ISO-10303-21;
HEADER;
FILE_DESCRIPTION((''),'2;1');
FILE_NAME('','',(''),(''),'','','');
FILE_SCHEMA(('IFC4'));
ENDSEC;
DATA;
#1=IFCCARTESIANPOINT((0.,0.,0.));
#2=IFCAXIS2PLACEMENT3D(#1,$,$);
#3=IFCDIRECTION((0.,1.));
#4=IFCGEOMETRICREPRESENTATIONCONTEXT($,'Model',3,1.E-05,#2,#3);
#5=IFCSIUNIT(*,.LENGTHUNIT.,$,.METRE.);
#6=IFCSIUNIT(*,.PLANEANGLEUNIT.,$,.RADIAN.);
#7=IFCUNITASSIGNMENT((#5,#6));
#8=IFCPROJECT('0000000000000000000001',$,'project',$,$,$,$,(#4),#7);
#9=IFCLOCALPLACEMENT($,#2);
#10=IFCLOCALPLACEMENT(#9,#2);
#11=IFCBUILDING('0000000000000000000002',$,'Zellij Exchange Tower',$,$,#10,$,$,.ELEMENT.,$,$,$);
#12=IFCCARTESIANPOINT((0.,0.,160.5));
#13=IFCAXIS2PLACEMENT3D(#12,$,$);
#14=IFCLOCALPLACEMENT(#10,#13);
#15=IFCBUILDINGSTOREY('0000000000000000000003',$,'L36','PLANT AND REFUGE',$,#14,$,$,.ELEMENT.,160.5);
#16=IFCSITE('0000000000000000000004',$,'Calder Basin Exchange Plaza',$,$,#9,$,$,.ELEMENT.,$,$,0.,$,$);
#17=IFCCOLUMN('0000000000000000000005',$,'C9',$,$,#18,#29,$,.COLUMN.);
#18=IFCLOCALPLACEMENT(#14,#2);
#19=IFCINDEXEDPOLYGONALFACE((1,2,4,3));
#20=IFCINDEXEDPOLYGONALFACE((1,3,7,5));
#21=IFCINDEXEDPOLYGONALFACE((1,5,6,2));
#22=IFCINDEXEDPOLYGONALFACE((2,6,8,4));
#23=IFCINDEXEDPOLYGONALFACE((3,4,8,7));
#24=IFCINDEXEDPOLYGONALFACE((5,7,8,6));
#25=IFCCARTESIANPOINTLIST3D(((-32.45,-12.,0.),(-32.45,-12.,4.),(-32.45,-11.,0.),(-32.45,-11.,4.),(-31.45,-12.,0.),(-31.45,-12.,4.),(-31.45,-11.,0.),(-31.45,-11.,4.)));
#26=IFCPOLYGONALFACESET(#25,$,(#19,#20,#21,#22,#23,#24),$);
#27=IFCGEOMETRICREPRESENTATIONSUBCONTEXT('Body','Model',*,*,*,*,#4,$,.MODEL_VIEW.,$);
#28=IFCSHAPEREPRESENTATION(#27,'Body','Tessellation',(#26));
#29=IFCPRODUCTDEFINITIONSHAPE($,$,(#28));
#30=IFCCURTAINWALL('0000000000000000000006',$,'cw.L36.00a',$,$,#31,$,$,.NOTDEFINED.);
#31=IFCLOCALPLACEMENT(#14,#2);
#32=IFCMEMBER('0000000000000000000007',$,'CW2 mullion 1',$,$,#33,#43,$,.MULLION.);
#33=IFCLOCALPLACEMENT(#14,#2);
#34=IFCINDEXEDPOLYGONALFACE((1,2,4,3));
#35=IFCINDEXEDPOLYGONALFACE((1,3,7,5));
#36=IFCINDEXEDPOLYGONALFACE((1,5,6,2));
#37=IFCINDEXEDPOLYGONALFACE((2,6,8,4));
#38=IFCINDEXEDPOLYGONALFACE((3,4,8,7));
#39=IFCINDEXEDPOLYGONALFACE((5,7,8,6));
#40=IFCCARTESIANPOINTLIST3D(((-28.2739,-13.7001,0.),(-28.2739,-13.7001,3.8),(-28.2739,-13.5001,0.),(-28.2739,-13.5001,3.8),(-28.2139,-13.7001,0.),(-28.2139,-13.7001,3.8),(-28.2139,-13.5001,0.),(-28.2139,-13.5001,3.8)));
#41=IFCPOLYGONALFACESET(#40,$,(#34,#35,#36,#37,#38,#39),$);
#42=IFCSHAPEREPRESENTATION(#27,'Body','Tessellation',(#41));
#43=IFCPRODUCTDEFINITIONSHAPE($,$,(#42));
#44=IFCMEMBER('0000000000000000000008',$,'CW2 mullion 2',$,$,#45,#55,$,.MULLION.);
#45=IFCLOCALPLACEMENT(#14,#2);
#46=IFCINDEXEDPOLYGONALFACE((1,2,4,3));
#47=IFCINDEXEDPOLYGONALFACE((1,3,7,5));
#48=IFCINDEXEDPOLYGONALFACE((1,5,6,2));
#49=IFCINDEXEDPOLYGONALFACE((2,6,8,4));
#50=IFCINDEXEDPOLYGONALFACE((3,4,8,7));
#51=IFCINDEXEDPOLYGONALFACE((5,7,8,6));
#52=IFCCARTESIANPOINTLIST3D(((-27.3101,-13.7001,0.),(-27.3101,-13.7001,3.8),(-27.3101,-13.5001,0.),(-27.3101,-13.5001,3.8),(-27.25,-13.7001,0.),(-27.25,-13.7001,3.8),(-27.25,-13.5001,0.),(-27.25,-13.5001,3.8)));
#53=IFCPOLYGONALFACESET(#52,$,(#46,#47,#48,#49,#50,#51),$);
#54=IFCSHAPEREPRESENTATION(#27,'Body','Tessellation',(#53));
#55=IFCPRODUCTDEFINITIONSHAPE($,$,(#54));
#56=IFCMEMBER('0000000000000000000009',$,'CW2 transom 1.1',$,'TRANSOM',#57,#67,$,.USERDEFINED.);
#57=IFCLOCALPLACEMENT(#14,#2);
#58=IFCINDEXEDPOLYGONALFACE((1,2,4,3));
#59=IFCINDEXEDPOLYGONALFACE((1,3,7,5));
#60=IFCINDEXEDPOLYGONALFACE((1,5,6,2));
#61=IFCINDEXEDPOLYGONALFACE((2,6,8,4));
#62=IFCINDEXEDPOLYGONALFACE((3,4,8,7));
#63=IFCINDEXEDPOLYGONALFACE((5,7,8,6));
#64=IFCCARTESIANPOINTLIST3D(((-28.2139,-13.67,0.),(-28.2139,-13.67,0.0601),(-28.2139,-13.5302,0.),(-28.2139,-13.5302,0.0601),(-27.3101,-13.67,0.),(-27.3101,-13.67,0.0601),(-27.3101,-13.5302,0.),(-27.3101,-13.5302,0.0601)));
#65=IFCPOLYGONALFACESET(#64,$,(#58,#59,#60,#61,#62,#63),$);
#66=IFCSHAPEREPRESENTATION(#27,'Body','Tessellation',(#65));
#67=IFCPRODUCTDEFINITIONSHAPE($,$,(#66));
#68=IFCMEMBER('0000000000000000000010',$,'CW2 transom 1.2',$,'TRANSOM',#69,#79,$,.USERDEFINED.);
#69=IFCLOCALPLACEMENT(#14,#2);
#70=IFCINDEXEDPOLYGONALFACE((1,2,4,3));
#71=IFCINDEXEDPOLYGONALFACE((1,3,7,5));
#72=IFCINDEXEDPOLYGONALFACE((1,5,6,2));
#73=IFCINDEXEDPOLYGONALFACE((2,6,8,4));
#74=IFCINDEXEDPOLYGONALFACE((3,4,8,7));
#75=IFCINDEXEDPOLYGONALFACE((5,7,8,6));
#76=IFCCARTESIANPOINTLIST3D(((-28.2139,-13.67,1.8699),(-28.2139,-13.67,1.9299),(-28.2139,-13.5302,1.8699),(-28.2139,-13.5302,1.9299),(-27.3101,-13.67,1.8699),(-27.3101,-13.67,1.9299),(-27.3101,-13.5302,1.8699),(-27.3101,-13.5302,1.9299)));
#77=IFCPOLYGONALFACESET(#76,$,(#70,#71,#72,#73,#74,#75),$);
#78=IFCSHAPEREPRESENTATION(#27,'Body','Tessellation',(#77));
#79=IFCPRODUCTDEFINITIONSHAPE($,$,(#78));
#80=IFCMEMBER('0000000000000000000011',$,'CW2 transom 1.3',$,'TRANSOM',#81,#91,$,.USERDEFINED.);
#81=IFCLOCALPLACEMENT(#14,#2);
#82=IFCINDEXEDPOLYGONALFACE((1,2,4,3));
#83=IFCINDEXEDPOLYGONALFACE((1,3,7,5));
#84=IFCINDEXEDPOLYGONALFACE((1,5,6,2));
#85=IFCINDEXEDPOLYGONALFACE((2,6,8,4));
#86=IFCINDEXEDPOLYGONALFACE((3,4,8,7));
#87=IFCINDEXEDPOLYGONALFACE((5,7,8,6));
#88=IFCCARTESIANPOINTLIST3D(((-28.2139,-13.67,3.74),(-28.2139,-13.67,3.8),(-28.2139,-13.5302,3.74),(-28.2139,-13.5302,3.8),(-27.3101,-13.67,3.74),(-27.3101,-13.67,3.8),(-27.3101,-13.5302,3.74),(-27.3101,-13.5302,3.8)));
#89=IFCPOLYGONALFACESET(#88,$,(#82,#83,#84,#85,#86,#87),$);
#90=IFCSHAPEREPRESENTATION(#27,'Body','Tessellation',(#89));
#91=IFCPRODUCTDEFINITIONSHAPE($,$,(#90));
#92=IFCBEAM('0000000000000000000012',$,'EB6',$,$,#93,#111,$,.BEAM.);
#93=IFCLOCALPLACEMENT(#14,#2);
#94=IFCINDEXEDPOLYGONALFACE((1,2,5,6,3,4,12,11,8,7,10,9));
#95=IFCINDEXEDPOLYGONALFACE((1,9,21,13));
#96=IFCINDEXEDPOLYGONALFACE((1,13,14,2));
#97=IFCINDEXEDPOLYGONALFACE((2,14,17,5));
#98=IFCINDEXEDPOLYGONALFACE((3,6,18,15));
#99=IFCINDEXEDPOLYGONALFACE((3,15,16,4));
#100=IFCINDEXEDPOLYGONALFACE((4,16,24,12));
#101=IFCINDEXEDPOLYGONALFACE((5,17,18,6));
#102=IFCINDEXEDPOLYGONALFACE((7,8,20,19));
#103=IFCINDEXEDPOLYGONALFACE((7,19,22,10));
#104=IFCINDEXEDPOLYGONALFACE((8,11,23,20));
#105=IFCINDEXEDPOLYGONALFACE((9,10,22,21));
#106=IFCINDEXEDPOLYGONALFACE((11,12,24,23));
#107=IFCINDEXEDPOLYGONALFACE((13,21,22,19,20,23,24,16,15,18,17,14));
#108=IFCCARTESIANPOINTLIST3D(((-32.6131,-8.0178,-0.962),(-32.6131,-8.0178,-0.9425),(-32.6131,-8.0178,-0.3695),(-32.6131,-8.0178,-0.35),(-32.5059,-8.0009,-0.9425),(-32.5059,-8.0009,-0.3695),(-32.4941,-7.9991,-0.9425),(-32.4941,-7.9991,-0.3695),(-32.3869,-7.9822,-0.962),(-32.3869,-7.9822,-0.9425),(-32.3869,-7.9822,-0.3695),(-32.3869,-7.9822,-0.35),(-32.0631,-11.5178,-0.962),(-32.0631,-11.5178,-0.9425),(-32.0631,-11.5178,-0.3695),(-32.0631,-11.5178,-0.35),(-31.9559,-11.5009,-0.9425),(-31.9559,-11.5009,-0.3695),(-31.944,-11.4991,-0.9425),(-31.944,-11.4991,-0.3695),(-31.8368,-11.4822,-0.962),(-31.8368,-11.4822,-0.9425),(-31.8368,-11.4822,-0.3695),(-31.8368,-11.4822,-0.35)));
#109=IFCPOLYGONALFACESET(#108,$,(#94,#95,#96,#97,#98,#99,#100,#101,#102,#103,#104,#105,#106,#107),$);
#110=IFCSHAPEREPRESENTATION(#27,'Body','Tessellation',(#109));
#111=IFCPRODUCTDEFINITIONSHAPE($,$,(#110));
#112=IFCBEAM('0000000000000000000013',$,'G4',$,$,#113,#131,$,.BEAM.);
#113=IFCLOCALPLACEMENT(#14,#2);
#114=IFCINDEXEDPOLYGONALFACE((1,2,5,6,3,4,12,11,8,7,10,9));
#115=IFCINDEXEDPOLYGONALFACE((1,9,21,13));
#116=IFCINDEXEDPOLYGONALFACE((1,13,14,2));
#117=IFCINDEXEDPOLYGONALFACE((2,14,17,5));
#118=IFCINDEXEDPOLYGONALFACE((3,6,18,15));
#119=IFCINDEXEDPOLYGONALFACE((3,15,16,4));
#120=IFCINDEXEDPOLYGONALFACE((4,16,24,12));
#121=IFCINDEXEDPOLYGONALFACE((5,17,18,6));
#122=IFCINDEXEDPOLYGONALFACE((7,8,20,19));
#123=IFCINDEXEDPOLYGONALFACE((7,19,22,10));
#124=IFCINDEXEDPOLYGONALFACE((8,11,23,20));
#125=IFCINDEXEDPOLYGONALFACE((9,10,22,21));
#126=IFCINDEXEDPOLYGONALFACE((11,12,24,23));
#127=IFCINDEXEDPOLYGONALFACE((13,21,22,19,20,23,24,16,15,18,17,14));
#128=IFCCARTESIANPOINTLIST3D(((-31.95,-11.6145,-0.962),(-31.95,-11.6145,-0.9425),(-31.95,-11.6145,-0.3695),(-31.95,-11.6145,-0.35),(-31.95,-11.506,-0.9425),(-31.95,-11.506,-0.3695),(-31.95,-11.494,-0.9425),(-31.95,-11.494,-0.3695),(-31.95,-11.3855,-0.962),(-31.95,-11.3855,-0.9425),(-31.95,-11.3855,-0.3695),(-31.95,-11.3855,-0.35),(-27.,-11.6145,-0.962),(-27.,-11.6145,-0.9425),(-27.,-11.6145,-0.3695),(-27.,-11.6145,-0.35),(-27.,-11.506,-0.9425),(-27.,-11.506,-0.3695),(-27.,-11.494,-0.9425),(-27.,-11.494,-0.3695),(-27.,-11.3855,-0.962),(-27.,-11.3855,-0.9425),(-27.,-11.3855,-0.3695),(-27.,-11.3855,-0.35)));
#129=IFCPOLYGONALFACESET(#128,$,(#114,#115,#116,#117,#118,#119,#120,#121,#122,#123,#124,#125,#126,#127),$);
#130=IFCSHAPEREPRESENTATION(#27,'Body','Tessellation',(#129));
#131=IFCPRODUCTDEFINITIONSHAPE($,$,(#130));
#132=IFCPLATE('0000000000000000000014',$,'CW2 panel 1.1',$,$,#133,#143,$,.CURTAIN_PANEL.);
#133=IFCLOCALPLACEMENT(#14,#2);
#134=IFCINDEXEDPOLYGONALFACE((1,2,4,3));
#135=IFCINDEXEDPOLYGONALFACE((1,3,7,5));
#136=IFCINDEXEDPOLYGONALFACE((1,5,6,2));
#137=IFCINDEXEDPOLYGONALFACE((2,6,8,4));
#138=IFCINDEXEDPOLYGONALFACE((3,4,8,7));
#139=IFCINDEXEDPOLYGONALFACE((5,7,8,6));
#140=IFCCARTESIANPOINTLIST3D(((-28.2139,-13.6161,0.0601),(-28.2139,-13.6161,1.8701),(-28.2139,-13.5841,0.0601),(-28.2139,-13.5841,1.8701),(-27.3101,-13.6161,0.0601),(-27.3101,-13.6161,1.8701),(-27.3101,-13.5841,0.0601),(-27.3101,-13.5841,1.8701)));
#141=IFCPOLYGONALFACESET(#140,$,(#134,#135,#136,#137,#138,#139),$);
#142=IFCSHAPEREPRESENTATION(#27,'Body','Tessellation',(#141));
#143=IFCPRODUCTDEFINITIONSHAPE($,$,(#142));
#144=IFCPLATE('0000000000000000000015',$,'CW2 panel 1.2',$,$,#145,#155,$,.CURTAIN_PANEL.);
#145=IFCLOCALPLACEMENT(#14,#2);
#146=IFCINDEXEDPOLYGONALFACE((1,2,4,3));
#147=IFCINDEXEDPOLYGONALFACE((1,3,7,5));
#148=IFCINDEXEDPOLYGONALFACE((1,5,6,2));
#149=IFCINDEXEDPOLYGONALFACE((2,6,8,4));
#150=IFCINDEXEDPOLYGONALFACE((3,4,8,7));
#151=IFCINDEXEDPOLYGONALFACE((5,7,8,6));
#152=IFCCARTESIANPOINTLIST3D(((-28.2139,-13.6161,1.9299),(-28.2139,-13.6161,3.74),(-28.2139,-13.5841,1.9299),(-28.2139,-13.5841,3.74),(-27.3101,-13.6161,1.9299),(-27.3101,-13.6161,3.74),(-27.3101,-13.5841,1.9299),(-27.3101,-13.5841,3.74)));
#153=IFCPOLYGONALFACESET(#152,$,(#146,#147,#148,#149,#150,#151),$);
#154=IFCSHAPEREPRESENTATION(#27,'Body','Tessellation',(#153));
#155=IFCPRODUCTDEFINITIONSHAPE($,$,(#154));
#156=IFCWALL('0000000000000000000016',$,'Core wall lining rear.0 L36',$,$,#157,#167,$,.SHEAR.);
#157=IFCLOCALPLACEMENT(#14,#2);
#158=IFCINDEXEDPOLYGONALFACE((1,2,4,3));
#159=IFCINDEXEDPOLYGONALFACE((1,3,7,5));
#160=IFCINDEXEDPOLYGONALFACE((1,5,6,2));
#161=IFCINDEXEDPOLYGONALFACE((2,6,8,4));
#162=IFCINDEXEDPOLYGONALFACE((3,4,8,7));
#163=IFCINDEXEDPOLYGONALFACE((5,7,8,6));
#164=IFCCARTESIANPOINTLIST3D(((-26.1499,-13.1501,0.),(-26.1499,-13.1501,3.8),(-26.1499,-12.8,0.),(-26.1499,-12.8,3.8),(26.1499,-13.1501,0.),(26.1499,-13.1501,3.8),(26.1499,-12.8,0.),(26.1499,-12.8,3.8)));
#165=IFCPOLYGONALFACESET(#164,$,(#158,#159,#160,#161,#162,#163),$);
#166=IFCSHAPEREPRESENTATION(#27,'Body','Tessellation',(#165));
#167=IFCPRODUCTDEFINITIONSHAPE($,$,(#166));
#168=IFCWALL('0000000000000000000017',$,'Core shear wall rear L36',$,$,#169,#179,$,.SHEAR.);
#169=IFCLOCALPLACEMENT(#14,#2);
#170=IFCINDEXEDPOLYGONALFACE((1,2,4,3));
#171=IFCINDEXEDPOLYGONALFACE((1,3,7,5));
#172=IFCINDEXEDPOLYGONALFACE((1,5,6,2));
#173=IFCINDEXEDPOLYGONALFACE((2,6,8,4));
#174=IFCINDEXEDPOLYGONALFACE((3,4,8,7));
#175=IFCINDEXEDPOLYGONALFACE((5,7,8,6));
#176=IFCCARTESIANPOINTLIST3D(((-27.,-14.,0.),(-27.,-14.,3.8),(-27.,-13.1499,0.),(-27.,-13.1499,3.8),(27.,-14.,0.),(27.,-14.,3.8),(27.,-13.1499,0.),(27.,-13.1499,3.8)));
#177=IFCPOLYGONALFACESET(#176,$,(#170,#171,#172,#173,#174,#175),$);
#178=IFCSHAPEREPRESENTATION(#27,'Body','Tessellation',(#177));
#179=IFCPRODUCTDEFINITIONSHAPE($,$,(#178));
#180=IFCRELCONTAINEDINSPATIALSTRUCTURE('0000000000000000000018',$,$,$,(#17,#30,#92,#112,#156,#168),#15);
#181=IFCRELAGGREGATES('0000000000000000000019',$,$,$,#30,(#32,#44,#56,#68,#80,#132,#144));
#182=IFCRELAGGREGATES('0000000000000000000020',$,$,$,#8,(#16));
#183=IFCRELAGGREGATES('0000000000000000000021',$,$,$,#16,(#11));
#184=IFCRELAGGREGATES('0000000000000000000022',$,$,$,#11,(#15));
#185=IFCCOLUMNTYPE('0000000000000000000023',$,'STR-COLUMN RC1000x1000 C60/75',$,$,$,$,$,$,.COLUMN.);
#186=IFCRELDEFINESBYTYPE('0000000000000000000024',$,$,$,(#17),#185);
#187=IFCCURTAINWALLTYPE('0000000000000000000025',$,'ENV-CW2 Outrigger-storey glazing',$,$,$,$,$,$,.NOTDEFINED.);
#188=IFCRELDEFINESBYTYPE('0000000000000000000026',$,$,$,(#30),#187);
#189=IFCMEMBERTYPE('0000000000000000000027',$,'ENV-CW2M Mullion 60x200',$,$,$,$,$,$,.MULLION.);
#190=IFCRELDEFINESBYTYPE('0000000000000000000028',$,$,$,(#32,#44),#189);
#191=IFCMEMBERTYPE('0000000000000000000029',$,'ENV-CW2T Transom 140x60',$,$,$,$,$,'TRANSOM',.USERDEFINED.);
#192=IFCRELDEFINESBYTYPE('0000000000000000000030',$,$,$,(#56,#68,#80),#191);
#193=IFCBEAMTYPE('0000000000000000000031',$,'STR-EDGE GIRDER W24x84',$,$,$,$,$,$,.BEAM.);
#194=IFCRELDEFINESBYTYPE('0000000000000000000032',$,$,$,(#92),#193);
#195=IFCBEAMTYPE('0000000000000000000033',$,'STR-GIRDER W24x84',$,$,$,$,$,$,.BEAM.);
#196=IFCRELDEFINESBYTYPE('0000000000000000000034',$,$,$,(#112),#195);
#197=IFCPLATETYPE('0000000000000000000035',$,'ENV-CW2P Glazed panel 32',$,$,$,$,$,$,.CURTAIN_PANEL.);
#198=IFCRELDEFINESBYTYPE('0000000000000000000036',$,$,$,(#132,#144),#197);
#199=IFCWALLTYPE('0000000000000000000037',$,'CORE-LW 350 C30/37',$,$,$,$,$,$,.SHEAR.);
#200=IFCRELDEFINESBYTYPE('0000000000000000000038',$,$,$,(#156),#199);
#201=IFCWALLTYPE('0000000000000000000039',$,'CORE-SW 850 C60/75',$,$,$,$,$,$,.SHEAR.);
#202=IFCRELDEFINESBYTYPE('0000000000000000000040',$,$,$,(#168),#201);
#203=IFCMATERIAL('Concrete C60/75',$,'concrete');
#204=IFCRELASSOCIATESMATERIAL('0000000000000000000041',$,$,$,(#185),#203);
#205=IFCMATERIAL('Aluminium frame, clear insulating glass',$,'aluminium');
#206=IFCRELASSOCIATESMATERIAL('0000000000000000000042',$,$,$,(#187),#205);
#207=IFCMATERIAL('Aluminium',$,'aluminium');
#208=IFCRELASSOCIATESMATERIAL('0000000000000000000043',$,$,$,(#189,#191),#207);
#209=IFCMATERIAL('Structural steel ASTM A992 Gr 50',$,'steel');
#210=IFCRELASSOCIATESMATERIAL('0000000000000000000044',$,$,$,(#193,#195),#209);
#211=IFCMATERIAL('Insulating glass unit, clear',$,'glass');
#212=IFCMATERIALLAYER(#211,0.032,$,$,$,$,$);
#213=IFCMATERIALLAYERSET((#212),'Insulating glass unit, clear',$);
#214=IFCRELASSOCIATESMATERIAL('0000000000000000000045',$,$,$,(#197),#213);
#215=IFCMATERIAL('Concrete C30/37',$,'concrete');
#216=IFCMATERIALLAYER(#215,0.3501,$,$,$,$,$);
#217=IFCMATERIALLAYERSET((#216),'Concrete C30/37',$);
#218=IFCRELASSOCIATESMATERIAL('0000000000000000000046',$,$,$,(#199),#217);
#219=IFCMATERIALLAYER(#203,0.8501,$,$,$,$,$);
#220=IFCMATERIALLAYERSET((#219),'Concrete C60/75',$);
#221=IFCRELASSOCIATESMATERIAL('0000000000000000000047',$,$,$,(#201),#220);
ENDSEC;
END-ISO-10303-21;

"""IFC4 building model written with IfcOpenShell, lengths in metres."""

from ifc_helpers import new_model, si_unit, direction, frame, frame_2d, origin, origin_2d, place, context, subcontext, project, spatial, rectangle, i_section, extrude, material, layer, layer_set, material_profile, profile_set, type_object, element, aggregate, save


model = new_model("IFC4")

# Units and contexts
model_context = context("Model", 3, precision=1e-05, world=origin(), true_north=direction((0.0, 1.0)))
body_context = subcontext(model_context, "Body", "Model", "MODEL_VIEW")
ifc_project = project(units=[si_unit("LENGTHUNIT", "METRE"), si_unit("PLANEANGLEUNIT", "RADIAN")], contexts=[model_context])

# Site, building, storey
site_placement = place(None, origin())
site = spatial("IfcSite", under=ifc_project, at=site_placement, Name="Calder Basin Exchange Plaza", CompositionType="ELEMENT", RefElevation=0.0)
building_placement = place(site_placement, origin())
building = spatial("IfcBuilding", under=site, at=building_placement, Name="Zellij Exchange Tower", CompositionType="ELEMENT")
storey_placement = place(building_placement, frame((0.0, 0.0, 160.5)))
storey = spatial("IfcBuildingStorey", under=building, at=storey_placement, Name="L36", Description="PLANT AND REFUGE", CompositionType="ELEMENT", Elevation=160.5)

# Column
ifc_material_1 = material(Name="Concrete C60/75", Category="concrete")
ifc_material_profile_1 = material_profile(ifc_material_1, rectangle(XDim=1.0, YDim=1.0, at=origin_2d()), Name="STR-COLUMN RC1000x1000 C60/75")
ifc_profile_set_1 = profile_set([ifc_material_profile_1], Name="Concrete C60/75")
column_type = type_object("IfcColumnType", Name="STR-COLUMN RC1000x1000 C60/75", PredefinedType="COLUMN", material=ifc_profile_set_1)
column_placement = place(storey_placement, frame((-31.95, -11.5, 0.0), z_axis=(0.0, 0.0, 1.0), x_axis=(1.0, 0.0, 0.0)))
element("IfcColumn", 1, at=column_placement, inside=storey, type_object=column_type, Name="C9", PredefinedType="COLUMN", context=body_context, shape_type="SweptSolid", body=[
    extrude(rectangle(XDim=1.0, YDim=1.0, at=origin_2d()), origin(), (0.0, 0.0, 1.0), 4.0),
])

# Curtain wall, members
ifc_material_2 = material(Name="Aluminium frame, clear insulating glass", Category="aluminium")
curtain_wall_type = type_object("IfcCurtainWallType", Name="ENV-CW2 Outrigger-storey glazing", PredefinedType="NOTDEFINED", material=ifc_material_2)
curtain_wall_placement = place(storey_placement, origin())
curtain_wall = element("IfcCurtainWall", 2, at=curtain_wall_placement, inside=storey, type_object=curtain_wall_type, Name="cw.L36.00a", PredefinedType="NOTDEFINED")
ifc_material_3 = material(Name="Aluminium", Category="aluminium")
ifc_material_profile_2 = material_profile(ifc_material_3, rectangle(XDim=0.0601, YDim=0.2, at=origin_2d()), Name="AL 60x200")
ifc_profile_set_2 = profile_set([ifc_material_profile_2], Name="Aluminium")
member_type_1 = type_object("IfcMemberType", Name="ENV-CW2M Mullion 60x200", PredefinedType="MULLION", material=ifc_profile_set_2)
member_1_placement = place(storey_placement, frame((-28.2439, -13.6001, 0.0), z_axis=(0.0, 0.0, 1.0), x_axis=(1.0, 0.0, 0.0)))
member_1 = element("IfcMember", 3, at=member_1_placement, type_object=member_type_1, Name="CW2 mullion 1", PredefinedType="MULLION", context=body_context, shape_type="SweptSolid", body=[
    extrude(rectangle(XDim=0.0601, YDim=0.2, at=origin_2d()), origin(), (0.0, 0.0, 1.0), 3.8),
])
member_2_placement = place(storey_placement, frame((-27.28, -13.6001, 0.0), z_axis=(0.0, 0.0, 1.0), x_axis=(1.0, 0.0, 0.0)))
member_2 = element("IfcMember", 4, at=member_2_placement, type_object=member_type_1, Name="CW2 mullion 2", PredefinedType="MULLION", context=body_context, shape_type="SweptSolid", body=[
    extrude(rectangle(XDim=0.0601, YDim=0.2, at=origin_2d()), origin(), (0.0, 0.0, 1.0), 3.8),
])
ifc_material_profile_3 = material_profile(ifc_material_3, rectangle(XDim=0.1399, YDim=0.0601, at=origin_2d()), Name="AL 140x60")
ifc_profile_set_3 = profile_set([ifc_material_profile_3], Name="Aluminium")
member_type_2 = type_object("IfcMemberType", Name="ENV-CW2T Transom 140x60", ElementType="TRANSOM", PredefinedType="USERDEFINED", material=ifc_profile_set_3)
member_3_placement = place(storey_placement, frame((-28.2139, -13.6001, 0.03), z_axis=(1.0, 0.0, 0.0), x_axis=(0.0, 1.0, 0.0)))
member_3 = element("IfcMember", 5, at=member_3_placement, type_object=member_type_2, Name="CW2 transom 1.1", ObjectType="TRANSOM", PredefinedType="USERDEFINED", context=body_context, shape_type="SweptSolid", body=[
    extrude(rectangle(XDim=0.1399, YDim=0.0601, at=origin_2d()), origin(), (0.0, 0.0, 1.0), 0.9038),
])
member_4_placement = place(storey_placement, frame((-28.2139, -13.6001, 1.8999), z_axis=(1.0, 0.0, 0.0), x_axis=(0.0, 1.0, 0.0)))
member_4 = element("IfcMember", 6, at=member_4_placement, type_object=member_type_2, Name="CW2 transom 1.2", ObjectType="TRANSOM", PredefinedType="USERDEFINED", context=body_context, shape_type="SweptSolid", body=[
    extrude(rectangle(XDim=0.1399, YDim=0.0601, at=origin_2d()), origin(), (0.0, 0.0, 1.0), 0.9038),
])
member_5_placement = place(storey_placement, frame((-28.2139, -13.6001, 3.77), z_axis=(1.0, 0.0, 0.0), x_axis=(0.0, 1.0, 0.0)))
member_5 = element("IfcMember", 7, at=member_5_placement, type_object=member_type_2, Name="CW2 transom 1.3", ObjectType="TRANSOM", PredefinedType="USERDEFINED", context=body_context, shape_type="SweptSolid", body=[
    extrude(rectangle(XDim=0.1399, YDim=0.0601, at=origin_2d()), origin(), (0.0, 0.0, 1.0), 0.9038),
])

# Beams
ifc_material_4 = material(Name="Structural steel ASTM A992 Gr 50", Category="steel")
ifc_material_profile_4 = material_profile(ifc_material_4, i_section(OverallWidth=0.229, OverallDepth=0.6121, WebThickness=0.012, FlangeThickness=0.0195, at=origin_2d()), Name="W24x84")
ifc_profile_set_4 = profile_set([ifc_material_profile_4], Name="Structural steel ASTM A992 Gr 50")
beam_type_1 = type_object("IfcBeamType", Name="STR-EDGE GIRDER W24x84", PredefinedType="BEAM", material=ifc_profile_set_4)
beam_1_placement = place(storey_placement, frame((-31.95, -11.5, -0.656), z_axis=(-0.155251, 0.987875, 0.0), x_axis=(-0.987875, -0.155251, 0.0)))
element("IfcBeam", 8, at=beam_1_placement, inside=storey, type_object=beam_type_1, Name="EB6", PredefinedType="BEAM", context=body_context, shape_type="SweptSolid", body=[
    extrude(i_section(OverallWidth=0.229, OverallDepth=0.6121, WebThickness=0.012, FlangeThickness=0.0195, at=origin_2d()), origin(), (0.0, 0.0, 1.0), 3.543),
])
ifc_material_profile_5 = material_profile(ifc_material_4, i_section(OverallWidth=0.229, OverallDepth=0.6121, WebThickness=0.012, FlangeThickness=0.0195, at=origin_2d()), Name="W24x84")
ifc_profile_set_5 = profile_set([ifc_material_profile_5], Name="Structural steel ASTM A992 Gr 50")
beam_type_2 = type_object("IfcBeamType", Name="STR-GIRDER W24x84", PredefinedType="BEAM", material=ifc_profile_set_5)
beam_2_placement = place(storey_placement, frame((-31.95, -11.5, -0.656), z_axis=(1.0, 0.0, 0.0), x_axis=(0.0, 1.0, 0.0)))
element("IfcBeam", 9, at=beam_2_placement, inside=storey, type_object=beam_type_2, Name="G4", PredefinedType="BEAM", context=body_context, shape_type="SweptSolid", body=[
    extrude(i_section(OverallWidth=0.229, OverallDepth=0.6121, WebThickness=0.012, FlangeThickness=0.0195, at=origin_2d()), origin(), (0.0, 0.0, 1.0), 4.95),
])

# Plates
ifc_material_5 = material(Name="Insulating glass unit, clear", Category="glass")
ifc_layer_1 = layer(ifc_material_5, 0.032)
ifc_layer_set_1 = layer_set([ifc_layer_1], Name="Insulating glass unit, clear")
plate_type = type_object("IfcPlateType", Name="ENV-CW2P Glazed panel 32", PredefinedType="CURTAIN_PANEL", material=ifc_layer_set_1)
plate_1_placement = place(storey_placement, frame((-27.762, -13.6001, 0.0601), z_axis=(0.0, 0.0, 1.0), x_axis=(1.0, 0.0, 0.0)))
plate_1 = element("IfcPlate", 10, at=plate_1_placement, type_object=plate_type, Name="CW2 panel 1.1", PredefinedType="CURTAIN_PANEL", context=body_context, shape_type="SweptSolid", body=[
    extrude(rectangle(XDim=0.9038, YDim=0.032, at=origin_2d()), origin(), (0.0, 0.0, 1.0), 1.8101),
])
plate_2_placement = place(storey_placement, frame((-27.762, -13.6001, 1.9299), z_axis=(0.0, 0.0, 1.0), x_axis=(1.0, 0.0, 0.0)))
plate_2 = element("IfcPlate", 11, at=plate_2_placement, type_object=plate_type, Name="CW2 panel 1.2", PredefinedType="CURTAIN_PANEL", context=body_context, shape_type="SweptSolid", body=[
    extrude(rectangle(XDim=0.9038, YDim=0.032, at=origin_2d()), origin(), (0.0, 0.0, 1.0), 1.8101),
])
aggregate(curtain_wall, [member_1, member_2, member_3, member_4, member_5, plate_1, plate_2])

# Walls
ifc_material_6 = material(Name="Concrete C30/37", Category="concrete")
ifc_layer_2 = layer(ifc_material_6, 0.3501)
ifc_layer_set_2 = layer_set([ifc_layer_2], Name="Concrete C30/37")
wall_type_1 = type_object("IfcWallType", Name="CORE-LW 350 C30/37", PredefinedType="SHEAR", material=ifc_layer_set_2)
wall_1_placement = place(storey_placement, frame((-26.1499, -12.9751, 0.0), z_axis=(0.0, 0.0, 1.0), x_axis=(1.0, 0.0, 0.0)))
element("IfcWall", 12, at=wall_1_placement, inside=storey, type_object=wall_type_1, Name="Core wall lining rear.0 L36", PredefinedType="SHEAR", context=body_context, shape_type="SweptSolid", body=[
    extrude(rectangle(XDim=52.2998, YDim=0.3501, at=frame_2d((26.1499, 0.0))), origin(), (0.0, 0.0, 1.0), 3.8),
])
ifc_layer_3 = layer(ifc_material_1, 0.8501)
ifc_layer_set_3 = layer_set([ifc_layer_3], Name="Concrete C60/75")
wall_type_2 = type_object("IfcWallType", Name="CORE-SW 850 C60/75", PredefinedType="SHEAR", material=ifc_layer_set_3)
wall_2_placement = place(storey_placement, frame((-27.0, -13.575, 0.0), z_axis=(0.0, 0.0, 1.0), x_axis=(1.0, 0.0, 0.0)))
element("IfcWall", 13, at=wall_2_placement, inside=storey, type_object=wall_type_2, Name="Core shear wall rear L36", PredefinedType="SHEAR", context=body_context, shape_type="SweptSolid", body=[
    extrude(rectangle(XDim=54.0, YDim=0.8501, at=frame_2d((27.0, 0.0))), origin(), (0.0, 0.0, 1.0), 3.8),
])

save(model, "model.ifc")
